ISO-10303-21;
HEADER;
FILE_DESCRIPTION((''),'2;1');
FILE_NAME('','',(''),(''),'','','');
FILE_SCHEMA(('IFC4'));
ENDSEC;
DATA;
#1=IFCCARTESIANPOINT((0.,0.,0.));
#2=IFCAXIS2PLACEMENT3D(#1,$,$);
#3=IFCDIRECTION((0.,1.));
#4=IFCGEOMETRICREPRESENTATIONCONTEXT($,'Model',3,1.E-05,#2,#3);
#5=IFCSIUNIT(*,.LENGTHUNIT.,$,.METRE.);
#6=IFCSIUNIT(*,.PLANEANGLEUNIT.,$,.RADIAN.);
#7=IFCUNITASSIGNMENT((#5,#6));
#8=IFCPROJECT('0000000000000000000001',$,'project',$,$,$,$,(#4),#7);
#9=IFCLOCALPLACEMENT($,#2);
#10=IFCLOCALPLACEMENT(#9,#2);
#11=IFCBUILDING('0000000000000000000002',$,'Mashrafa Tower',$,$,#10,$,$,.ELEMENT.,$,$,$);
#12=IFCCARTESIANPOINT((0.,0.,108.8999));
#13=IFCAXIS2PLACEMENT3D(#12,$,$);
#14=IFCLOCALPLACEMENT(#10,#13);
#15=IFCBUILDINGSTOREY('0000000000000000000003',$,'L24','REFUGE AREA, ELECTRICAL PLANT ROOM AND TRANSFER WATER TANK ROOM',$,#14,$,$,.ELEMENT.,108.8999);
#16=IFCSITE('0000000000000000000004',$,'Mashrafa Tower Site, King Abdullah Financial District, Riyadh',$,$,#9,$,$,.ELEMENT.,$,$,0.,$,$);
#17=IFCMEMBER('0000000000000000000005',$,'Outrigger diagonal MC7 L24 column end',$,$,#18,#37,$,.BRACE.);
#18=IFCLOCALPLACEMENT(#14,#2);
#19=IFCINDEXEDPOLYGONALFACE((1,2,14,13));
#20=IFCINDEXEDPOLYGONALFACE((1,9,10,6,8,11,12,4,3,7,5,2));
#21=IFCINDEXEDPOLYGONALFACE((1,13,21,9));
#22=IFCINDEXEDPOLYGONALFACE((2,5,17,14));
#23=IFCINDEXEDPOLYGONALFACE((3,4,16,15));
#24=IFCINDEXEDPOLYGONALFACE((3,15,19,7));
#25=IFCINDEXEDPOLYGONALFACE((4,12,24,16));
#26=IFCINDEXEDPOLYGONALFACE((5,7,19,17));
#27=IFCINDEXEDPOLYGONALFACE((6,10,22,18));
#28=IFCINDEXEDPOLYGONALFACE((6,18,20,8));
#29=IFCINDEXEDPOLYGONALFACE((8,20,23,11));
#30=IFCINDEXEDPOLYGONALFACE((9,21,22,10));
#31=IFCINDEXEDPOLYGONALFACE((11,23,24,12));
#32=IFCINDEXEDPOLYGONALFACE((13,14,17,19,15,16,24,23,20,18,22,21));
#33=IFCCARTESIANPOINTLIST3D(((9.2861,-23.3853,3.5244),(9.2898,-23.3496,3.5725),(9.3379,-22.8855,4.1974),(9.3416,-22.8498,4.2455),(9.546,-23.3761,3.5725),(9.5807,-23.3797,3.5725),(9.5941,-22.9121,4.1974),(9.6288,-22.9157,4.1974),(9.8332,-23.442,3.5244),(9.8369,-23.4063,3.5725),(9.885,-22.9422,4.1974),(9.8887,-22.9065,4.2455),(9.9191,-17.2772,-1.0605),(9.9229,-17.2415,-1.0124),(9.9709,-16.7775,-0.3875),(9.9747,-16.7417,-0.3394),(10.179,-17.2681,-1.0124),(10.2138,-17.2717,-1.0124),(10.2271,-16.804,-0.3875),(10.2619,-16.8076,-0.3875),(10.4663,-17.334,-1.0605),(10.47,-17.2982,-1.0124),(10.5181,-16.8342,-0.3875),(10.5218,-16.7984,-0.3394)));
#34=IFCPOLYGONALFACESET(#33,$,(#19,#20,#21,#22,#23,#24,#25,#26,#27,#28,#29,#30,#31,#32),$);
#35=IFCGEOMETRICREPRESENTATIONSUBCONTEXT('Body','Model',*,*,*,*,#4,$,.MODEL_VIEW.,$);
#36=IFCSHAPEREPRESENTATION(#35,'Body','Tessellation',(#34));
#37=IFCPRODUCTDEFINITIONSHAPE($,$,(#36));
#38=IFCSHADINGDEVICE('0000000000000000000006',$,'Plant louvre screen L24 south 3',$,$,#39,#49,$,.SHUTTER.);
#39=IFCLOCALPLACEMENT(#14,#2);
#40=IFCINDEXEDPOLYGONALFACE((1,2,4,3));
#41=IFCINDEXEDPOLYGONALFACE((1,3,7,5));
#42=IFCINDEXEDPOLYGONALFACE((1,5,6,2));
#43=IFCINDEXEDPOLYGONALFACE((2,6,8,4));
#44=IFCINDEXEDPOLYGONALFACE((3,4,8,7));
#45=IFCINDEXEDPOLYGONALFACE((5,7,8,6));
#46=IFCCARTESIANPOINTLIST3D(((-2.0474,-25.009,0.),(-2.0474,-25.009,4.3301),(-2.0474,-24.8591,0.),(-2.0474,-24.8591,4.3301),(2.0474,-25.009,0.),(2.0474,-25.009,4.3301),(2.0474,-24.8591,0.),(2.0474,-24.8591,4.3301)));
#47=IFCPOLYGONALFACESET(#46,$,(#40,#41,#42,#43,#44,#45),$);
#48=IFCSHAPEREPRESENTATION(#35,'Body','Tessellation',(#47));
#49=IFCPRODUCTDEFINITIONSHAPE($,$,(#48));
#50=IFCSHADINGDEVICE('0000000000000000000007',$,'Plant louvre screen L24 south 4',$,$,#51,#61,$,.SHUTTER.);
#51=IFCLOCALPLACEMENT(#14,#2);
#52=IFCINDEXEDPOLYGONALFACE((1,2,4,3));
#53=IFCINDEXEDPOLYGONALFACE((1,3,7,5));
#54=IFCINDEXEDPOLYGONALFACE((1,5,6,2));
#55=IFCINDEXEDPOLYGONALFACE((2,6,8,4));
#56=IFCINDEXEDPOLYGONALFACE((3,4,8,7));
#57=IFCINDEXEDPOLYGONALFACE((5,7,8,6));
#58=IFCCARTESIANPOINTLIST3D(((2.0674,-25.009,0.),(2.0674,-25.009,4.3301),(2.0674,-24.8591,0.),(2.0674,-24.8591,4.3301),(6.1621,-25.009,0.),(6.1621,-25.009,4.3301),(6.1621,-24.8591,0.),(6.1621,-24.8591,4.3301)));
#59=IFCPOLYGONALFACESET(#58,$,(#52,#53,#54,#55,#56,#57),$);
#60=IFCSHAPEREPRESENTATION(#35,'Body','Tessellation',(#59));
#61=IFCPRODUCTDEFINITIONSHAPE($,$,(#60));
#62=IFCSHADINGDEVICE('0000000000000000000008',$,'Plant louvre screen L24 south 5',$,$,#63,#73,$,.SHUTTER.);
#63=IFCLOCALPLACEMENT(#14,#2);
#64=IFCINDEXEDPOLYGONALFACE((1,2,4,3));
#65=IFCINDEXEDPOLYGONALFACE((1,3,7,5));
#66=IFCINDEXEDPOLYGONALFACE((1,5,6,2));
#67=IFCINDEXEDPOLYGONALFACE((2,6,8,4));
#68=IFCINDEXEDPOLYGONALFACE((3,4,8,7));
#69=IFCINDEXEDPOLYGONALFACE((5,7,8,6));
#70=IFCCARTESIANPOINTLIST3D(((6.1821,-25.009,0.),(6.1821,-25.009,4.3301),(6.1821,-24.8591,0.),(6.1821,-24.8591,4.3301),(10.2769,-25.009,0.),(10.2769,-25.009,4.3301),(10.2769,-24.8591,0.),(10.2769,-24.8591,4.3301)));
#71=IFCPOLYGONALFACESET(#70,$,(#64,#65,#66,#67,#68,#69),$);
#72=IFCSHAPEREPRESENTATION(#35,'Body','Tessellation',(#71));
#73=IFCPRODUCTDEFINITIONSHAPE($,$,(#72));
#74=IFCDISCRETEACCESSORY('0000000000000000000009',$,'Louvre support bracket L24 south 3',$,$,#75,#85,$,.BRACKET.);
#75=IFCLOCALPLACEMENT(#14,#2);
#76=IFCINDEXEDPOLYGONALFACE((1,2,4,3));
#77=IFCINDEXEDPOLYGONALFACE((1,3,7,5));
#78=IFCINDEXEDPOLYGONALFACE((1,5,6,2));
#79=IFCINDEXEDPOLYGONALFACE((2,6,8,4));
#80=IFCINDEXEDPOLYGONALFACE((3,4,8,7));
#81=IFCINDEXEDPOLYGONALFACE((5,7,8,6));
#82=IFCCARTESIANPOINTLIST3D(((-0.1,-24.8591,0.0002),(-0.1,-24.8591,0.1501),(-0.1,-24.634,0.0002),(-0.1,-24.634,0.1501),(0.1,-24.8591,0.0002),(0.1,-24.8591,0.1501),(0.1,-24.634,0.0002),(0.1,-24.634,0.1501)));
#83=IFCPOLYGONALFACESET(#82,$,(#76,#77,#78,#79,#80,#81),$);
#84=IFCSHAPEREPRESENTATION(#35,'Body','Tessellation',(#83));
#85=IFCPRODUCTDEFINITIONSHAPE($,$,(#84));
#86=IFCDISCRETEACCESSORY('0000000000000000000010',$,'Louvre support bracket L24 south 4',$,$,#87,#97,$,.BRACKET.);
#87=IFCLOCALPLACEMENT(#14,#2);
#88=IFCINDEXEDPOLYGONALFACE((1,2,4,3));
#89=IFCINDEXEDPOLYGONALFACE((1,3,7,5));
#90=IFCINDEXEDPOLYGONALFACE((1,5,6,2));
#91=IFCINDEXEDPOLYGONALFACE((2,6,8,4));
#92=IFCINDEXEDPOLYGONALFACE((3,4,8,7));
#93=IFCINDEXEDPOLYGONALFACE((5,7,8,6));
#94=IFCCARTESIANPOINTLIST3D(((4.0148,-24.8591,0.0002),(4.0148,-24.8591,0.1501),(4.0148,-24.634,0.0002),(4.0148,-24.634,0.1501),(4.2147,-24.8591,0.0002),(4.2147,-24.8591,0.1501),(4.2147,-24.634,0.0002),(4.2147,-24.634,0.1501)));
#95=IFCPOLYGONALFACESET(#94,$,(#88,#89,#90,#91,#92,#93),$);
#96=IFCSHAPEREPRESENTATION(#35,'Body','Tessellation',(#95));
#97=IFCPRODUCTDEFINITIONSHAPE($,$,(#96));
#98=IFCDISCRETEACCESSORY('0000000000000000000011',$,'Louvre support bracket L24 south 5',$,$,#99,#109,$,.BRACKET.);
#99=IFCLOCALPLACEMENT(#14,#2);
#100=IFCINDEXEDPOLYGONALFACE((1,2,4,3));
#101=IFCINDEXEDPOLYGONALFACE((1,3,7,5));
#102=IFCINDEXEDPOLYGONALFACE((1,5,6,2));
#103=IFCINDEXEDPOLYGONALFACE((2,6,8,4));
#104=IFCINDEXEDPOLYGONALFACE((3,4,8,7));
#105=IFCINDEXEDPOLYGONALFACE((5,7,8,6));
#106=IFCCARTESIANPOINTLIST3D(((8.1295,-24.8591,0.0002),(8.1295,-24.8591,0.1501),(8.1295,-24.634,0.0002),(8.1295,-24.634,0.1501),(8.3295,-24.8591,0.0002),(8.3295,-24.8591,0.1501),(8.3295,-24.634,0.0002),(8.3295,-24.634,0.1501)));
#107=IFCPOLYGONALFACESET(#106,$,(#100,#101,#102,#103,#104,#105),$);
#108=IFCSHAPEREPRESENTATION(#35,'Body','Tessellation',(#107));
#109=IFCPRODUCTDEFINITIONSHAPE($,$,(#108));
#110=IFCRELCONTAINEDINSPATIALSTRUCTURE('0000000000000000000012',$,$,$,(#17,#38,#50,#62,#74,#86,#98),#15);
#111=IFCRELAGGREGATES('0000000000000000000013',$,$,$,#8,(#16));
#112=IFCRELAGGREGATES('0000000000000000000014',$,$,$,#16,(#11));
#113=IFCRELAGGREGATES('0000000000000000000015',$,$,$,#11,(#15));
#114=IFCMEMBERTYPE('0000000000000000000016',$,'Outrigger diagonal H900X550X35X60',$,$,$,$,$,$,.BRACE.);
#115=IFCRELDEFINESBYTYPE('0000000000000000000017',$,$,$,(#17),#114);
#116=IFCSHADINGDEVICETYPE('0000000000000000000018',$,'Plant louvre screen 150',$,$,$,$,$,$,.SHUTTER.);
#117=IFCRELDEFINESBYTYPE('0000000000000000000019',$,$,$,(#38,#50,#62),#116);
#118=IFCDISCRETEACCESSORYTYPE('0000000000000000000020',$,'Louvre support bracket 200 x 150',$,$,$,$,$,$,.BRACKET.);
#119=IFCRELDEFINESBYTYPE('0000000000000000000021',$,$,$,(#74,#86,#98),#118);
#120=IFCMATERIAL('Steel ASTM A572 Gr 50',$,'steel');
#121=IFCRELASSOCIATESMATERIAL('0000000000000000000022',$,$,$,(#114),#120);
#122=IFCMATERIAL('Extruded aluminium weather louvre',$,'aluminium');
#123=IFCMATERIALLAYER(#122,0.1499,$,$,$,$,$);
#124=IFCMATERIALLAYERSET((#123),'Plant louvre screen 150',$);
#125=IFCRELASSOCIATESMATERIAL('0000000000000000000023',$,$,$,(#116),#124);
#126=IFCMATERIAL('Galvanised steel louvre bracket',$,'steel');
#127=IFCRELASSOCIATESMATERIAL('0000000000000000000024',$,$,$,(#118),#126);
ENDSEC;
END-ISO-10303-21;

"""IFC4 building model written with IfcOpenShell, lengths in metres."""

from ifc_helpers import new_model, si_unit, direction, frame, origin, origin_2d, place, context, subcontext, project, spatial, rectangle, i_section, extrude, source, transform, mapped, material, layer, layer_set, material_profile, profile_set, type_object, type_shapes, element, save


model = new_model("IFC4")

# Units and contexts
model_context = context("Model", 3, precision=1e-05, world=origin(), true_north=direction((0.0, 1.0)))
body_context = subcontext(model_context, "Body", "Model", "MODEL_VIEW")
ifc_project = project(units=[si_unit("LENGTHUNIT", "METRE"), si_unit("PLANEANGLEUNIT", "RADIAN")], contexts=[model_context])

# Site, building, storey
site_placement = place(None, origin())
site = spatial("IfcSite", under=ifc_project, at=site_placement, Name="Mashrafa Tower Site, King Abdullah Financial District, Riyadh", CompositionType="ELEMENT", RefElevation=0.0)
building_placement = place(site_placement, origin())
building = spatial("IfcBuilding", under=site, at=building_placement, Name="Mashrafa Tower", CompositionType="ELEMENT")
storey_placement = place(building_placement, frame((0.0, 0.0, 108.8999)))
storey = spatial("IfcBuildingStorey", under=building, at=storey_placement, Name="L24", Description="REFUGE AREA, ELECTRICAL PLANT ROOM AND TRANSFER WATER TANK ROOM", CompositionType="ELEMENT", Elevation=108.8999)

# Member
ifc_material_1 = material(Name="Steel ASTM A572 Gr 50", Category="steel")
ifc_material_profile_1 = material_profile(ifc_material_1, i_section(OverallWidth=0.55, OverallDepth=0.8999, WebThickness=0.0349, FlangeThickness=0.0601, at=origin_2d()), Name="H900X550X35X60")
ifc_profile_set_1 = profile_set([ifc_material_profile_1], Name="Steel ASTM A572 Gr 50")
member_type_1 = type_object("IfcMemberType", Name="Outrigger diagonal H900X550X35X60", PredefinedType="BRACE", material=ifc_profile_set_1)
shared_shape_1 = source(origin(), body_context, "Body", "SweptSolid", [
    extrude(i_section(OverallWidth=0.55, OverallDepth=0.8999, WebThickness=0.0349, FlangeThickness=0.0601, at=origin_2d()), origin(), (0.0, 0.0, 1.0), 7.6636),
])
member_1_placement = place(storey_placement, frame((10.2205, -17.0378, -0.7), z_axis=(-0.082605, -0.797025, 0.598271), x_axis=(0.994672, -0.103089, 0.0)))
element("IfcMember", 1, at=member_1_placement, inside=storey, type_object=member_type_1, Name="Outrigger diagonal MC7 L24 column end", PredefinedType="BRACE", context=body_context, shape_type="MappedRepresentation", body=[
    mapped(shared_shape_1, transform((0.0, 0.0, 0.0))),
])

# Shading devices
ifc_material_2 = material(Name="Extruded aluminium weather louvre", Category="aluminium")
ifc_layer = layer(ifc_material_2, 0.1499)
ifc_layer_set = layer_set([ifc_layer], Name="Plant louvre screen 150")
shading_device_type = type_object("IfcShadingDeviceType", Name="Plant louvre screen 150", PredefinedType="SHUTTER", material=ifc_layer_set)
shared_shape_2 = source(origin(), body_context, "Body", "SweptSolid", [
    extrude(rectangle(XDim=4.0947, YDim=0.1499, at=origin_2d()), origin(), (0.0, 0.0, 1.0), 4.3301),
])
type_shapes(shading_device_type, [shared_shape_2])
for number, where, z_axis, x_axis, name in (
    (2, (0.0, -24.9341, 0.0), (0.0, 0.0, 1.0), (1.0, 0.0, 0.0), "Plant louvre screen L24 south 3"),
    (3, (4.1147, -24.9341, 0.0), (0.0, 0.0, 1.0), (1.0, 0.0, 0.0), "Plant louvre screen L24 south 4"),
    (4, (8.2295, -24.9341, 0.0), (0.0, 0.0, 1.0), (1.0, 0.0, 0.0), "Plant louvre screen L24 south 5"),
):
    element("IfcShadingDevice", number, at=place(storey_placement, frame(where, z_axis=z_axis, x_axis=x_axis)), inside=storey, type_object=shading_device_type, Name=name, PredefinedType="SHUTTER", context=body_context, shape_type="MappedRepresentation", body=[
        mapped(shared_shape_2, transform((0.0, 0.0, 0.0))),
    ])

# Discrete accessories
ifc_material_3 = material(Name="Galvanised steel louvre bracket", Category="steel")
discrete_accessory_type = type_object("IfcDiscreteAccessoryType", Name="Louvre support bracket 200 x 150", PredefinedType="BRACKET", material=ifc_material_3)
shared_shape_3 = source(origin(), body_context, "Body", "SweptSolid", [
    extrude(rectangle(XDim=0.2, YDim=0.2251, at=origin_2d()), origin(), (0.0, 0.0, 1.0), 0.1499),
])
type_shapes(discrete_accessory_type, [shared_shape_3])
for number, where, z_axis, x_axis, name in (
    (5, (0.0, -24.7466, 0.0002), (0.0, 0.0, 1.0), (1.0, 0.0, 0.0), "Louvre support bracket L24 south 3"),
    (6, (4.1147, -24.7466, 0.0002), (0.0, 0.0, 1.0), (1.0, 0.0, 0.0), "Louvre support bracket L24 south 4"),
    (7, (8.2295, -24.7466, 0.0002), (0.0, 0.0, 1.0), (1.0, 0.0, 0.0), "Louvre support bracket L24 south 5"),
):
    element("IfcDiscreteAccessory", number, at=place(storey_placement, frame(where, z_axis=z_axis, x_axis=x_axis)), inside=storey, type_object=discrete_accessory_type, Name=name, PredefinedType="BRACKET", context=body_context, shape_type="MappedRepresentation", body=[
        mapped(shared_shape_3, transform((0.0, 0.0, 0.0))),
    ])

save(model, "model.ifc")
